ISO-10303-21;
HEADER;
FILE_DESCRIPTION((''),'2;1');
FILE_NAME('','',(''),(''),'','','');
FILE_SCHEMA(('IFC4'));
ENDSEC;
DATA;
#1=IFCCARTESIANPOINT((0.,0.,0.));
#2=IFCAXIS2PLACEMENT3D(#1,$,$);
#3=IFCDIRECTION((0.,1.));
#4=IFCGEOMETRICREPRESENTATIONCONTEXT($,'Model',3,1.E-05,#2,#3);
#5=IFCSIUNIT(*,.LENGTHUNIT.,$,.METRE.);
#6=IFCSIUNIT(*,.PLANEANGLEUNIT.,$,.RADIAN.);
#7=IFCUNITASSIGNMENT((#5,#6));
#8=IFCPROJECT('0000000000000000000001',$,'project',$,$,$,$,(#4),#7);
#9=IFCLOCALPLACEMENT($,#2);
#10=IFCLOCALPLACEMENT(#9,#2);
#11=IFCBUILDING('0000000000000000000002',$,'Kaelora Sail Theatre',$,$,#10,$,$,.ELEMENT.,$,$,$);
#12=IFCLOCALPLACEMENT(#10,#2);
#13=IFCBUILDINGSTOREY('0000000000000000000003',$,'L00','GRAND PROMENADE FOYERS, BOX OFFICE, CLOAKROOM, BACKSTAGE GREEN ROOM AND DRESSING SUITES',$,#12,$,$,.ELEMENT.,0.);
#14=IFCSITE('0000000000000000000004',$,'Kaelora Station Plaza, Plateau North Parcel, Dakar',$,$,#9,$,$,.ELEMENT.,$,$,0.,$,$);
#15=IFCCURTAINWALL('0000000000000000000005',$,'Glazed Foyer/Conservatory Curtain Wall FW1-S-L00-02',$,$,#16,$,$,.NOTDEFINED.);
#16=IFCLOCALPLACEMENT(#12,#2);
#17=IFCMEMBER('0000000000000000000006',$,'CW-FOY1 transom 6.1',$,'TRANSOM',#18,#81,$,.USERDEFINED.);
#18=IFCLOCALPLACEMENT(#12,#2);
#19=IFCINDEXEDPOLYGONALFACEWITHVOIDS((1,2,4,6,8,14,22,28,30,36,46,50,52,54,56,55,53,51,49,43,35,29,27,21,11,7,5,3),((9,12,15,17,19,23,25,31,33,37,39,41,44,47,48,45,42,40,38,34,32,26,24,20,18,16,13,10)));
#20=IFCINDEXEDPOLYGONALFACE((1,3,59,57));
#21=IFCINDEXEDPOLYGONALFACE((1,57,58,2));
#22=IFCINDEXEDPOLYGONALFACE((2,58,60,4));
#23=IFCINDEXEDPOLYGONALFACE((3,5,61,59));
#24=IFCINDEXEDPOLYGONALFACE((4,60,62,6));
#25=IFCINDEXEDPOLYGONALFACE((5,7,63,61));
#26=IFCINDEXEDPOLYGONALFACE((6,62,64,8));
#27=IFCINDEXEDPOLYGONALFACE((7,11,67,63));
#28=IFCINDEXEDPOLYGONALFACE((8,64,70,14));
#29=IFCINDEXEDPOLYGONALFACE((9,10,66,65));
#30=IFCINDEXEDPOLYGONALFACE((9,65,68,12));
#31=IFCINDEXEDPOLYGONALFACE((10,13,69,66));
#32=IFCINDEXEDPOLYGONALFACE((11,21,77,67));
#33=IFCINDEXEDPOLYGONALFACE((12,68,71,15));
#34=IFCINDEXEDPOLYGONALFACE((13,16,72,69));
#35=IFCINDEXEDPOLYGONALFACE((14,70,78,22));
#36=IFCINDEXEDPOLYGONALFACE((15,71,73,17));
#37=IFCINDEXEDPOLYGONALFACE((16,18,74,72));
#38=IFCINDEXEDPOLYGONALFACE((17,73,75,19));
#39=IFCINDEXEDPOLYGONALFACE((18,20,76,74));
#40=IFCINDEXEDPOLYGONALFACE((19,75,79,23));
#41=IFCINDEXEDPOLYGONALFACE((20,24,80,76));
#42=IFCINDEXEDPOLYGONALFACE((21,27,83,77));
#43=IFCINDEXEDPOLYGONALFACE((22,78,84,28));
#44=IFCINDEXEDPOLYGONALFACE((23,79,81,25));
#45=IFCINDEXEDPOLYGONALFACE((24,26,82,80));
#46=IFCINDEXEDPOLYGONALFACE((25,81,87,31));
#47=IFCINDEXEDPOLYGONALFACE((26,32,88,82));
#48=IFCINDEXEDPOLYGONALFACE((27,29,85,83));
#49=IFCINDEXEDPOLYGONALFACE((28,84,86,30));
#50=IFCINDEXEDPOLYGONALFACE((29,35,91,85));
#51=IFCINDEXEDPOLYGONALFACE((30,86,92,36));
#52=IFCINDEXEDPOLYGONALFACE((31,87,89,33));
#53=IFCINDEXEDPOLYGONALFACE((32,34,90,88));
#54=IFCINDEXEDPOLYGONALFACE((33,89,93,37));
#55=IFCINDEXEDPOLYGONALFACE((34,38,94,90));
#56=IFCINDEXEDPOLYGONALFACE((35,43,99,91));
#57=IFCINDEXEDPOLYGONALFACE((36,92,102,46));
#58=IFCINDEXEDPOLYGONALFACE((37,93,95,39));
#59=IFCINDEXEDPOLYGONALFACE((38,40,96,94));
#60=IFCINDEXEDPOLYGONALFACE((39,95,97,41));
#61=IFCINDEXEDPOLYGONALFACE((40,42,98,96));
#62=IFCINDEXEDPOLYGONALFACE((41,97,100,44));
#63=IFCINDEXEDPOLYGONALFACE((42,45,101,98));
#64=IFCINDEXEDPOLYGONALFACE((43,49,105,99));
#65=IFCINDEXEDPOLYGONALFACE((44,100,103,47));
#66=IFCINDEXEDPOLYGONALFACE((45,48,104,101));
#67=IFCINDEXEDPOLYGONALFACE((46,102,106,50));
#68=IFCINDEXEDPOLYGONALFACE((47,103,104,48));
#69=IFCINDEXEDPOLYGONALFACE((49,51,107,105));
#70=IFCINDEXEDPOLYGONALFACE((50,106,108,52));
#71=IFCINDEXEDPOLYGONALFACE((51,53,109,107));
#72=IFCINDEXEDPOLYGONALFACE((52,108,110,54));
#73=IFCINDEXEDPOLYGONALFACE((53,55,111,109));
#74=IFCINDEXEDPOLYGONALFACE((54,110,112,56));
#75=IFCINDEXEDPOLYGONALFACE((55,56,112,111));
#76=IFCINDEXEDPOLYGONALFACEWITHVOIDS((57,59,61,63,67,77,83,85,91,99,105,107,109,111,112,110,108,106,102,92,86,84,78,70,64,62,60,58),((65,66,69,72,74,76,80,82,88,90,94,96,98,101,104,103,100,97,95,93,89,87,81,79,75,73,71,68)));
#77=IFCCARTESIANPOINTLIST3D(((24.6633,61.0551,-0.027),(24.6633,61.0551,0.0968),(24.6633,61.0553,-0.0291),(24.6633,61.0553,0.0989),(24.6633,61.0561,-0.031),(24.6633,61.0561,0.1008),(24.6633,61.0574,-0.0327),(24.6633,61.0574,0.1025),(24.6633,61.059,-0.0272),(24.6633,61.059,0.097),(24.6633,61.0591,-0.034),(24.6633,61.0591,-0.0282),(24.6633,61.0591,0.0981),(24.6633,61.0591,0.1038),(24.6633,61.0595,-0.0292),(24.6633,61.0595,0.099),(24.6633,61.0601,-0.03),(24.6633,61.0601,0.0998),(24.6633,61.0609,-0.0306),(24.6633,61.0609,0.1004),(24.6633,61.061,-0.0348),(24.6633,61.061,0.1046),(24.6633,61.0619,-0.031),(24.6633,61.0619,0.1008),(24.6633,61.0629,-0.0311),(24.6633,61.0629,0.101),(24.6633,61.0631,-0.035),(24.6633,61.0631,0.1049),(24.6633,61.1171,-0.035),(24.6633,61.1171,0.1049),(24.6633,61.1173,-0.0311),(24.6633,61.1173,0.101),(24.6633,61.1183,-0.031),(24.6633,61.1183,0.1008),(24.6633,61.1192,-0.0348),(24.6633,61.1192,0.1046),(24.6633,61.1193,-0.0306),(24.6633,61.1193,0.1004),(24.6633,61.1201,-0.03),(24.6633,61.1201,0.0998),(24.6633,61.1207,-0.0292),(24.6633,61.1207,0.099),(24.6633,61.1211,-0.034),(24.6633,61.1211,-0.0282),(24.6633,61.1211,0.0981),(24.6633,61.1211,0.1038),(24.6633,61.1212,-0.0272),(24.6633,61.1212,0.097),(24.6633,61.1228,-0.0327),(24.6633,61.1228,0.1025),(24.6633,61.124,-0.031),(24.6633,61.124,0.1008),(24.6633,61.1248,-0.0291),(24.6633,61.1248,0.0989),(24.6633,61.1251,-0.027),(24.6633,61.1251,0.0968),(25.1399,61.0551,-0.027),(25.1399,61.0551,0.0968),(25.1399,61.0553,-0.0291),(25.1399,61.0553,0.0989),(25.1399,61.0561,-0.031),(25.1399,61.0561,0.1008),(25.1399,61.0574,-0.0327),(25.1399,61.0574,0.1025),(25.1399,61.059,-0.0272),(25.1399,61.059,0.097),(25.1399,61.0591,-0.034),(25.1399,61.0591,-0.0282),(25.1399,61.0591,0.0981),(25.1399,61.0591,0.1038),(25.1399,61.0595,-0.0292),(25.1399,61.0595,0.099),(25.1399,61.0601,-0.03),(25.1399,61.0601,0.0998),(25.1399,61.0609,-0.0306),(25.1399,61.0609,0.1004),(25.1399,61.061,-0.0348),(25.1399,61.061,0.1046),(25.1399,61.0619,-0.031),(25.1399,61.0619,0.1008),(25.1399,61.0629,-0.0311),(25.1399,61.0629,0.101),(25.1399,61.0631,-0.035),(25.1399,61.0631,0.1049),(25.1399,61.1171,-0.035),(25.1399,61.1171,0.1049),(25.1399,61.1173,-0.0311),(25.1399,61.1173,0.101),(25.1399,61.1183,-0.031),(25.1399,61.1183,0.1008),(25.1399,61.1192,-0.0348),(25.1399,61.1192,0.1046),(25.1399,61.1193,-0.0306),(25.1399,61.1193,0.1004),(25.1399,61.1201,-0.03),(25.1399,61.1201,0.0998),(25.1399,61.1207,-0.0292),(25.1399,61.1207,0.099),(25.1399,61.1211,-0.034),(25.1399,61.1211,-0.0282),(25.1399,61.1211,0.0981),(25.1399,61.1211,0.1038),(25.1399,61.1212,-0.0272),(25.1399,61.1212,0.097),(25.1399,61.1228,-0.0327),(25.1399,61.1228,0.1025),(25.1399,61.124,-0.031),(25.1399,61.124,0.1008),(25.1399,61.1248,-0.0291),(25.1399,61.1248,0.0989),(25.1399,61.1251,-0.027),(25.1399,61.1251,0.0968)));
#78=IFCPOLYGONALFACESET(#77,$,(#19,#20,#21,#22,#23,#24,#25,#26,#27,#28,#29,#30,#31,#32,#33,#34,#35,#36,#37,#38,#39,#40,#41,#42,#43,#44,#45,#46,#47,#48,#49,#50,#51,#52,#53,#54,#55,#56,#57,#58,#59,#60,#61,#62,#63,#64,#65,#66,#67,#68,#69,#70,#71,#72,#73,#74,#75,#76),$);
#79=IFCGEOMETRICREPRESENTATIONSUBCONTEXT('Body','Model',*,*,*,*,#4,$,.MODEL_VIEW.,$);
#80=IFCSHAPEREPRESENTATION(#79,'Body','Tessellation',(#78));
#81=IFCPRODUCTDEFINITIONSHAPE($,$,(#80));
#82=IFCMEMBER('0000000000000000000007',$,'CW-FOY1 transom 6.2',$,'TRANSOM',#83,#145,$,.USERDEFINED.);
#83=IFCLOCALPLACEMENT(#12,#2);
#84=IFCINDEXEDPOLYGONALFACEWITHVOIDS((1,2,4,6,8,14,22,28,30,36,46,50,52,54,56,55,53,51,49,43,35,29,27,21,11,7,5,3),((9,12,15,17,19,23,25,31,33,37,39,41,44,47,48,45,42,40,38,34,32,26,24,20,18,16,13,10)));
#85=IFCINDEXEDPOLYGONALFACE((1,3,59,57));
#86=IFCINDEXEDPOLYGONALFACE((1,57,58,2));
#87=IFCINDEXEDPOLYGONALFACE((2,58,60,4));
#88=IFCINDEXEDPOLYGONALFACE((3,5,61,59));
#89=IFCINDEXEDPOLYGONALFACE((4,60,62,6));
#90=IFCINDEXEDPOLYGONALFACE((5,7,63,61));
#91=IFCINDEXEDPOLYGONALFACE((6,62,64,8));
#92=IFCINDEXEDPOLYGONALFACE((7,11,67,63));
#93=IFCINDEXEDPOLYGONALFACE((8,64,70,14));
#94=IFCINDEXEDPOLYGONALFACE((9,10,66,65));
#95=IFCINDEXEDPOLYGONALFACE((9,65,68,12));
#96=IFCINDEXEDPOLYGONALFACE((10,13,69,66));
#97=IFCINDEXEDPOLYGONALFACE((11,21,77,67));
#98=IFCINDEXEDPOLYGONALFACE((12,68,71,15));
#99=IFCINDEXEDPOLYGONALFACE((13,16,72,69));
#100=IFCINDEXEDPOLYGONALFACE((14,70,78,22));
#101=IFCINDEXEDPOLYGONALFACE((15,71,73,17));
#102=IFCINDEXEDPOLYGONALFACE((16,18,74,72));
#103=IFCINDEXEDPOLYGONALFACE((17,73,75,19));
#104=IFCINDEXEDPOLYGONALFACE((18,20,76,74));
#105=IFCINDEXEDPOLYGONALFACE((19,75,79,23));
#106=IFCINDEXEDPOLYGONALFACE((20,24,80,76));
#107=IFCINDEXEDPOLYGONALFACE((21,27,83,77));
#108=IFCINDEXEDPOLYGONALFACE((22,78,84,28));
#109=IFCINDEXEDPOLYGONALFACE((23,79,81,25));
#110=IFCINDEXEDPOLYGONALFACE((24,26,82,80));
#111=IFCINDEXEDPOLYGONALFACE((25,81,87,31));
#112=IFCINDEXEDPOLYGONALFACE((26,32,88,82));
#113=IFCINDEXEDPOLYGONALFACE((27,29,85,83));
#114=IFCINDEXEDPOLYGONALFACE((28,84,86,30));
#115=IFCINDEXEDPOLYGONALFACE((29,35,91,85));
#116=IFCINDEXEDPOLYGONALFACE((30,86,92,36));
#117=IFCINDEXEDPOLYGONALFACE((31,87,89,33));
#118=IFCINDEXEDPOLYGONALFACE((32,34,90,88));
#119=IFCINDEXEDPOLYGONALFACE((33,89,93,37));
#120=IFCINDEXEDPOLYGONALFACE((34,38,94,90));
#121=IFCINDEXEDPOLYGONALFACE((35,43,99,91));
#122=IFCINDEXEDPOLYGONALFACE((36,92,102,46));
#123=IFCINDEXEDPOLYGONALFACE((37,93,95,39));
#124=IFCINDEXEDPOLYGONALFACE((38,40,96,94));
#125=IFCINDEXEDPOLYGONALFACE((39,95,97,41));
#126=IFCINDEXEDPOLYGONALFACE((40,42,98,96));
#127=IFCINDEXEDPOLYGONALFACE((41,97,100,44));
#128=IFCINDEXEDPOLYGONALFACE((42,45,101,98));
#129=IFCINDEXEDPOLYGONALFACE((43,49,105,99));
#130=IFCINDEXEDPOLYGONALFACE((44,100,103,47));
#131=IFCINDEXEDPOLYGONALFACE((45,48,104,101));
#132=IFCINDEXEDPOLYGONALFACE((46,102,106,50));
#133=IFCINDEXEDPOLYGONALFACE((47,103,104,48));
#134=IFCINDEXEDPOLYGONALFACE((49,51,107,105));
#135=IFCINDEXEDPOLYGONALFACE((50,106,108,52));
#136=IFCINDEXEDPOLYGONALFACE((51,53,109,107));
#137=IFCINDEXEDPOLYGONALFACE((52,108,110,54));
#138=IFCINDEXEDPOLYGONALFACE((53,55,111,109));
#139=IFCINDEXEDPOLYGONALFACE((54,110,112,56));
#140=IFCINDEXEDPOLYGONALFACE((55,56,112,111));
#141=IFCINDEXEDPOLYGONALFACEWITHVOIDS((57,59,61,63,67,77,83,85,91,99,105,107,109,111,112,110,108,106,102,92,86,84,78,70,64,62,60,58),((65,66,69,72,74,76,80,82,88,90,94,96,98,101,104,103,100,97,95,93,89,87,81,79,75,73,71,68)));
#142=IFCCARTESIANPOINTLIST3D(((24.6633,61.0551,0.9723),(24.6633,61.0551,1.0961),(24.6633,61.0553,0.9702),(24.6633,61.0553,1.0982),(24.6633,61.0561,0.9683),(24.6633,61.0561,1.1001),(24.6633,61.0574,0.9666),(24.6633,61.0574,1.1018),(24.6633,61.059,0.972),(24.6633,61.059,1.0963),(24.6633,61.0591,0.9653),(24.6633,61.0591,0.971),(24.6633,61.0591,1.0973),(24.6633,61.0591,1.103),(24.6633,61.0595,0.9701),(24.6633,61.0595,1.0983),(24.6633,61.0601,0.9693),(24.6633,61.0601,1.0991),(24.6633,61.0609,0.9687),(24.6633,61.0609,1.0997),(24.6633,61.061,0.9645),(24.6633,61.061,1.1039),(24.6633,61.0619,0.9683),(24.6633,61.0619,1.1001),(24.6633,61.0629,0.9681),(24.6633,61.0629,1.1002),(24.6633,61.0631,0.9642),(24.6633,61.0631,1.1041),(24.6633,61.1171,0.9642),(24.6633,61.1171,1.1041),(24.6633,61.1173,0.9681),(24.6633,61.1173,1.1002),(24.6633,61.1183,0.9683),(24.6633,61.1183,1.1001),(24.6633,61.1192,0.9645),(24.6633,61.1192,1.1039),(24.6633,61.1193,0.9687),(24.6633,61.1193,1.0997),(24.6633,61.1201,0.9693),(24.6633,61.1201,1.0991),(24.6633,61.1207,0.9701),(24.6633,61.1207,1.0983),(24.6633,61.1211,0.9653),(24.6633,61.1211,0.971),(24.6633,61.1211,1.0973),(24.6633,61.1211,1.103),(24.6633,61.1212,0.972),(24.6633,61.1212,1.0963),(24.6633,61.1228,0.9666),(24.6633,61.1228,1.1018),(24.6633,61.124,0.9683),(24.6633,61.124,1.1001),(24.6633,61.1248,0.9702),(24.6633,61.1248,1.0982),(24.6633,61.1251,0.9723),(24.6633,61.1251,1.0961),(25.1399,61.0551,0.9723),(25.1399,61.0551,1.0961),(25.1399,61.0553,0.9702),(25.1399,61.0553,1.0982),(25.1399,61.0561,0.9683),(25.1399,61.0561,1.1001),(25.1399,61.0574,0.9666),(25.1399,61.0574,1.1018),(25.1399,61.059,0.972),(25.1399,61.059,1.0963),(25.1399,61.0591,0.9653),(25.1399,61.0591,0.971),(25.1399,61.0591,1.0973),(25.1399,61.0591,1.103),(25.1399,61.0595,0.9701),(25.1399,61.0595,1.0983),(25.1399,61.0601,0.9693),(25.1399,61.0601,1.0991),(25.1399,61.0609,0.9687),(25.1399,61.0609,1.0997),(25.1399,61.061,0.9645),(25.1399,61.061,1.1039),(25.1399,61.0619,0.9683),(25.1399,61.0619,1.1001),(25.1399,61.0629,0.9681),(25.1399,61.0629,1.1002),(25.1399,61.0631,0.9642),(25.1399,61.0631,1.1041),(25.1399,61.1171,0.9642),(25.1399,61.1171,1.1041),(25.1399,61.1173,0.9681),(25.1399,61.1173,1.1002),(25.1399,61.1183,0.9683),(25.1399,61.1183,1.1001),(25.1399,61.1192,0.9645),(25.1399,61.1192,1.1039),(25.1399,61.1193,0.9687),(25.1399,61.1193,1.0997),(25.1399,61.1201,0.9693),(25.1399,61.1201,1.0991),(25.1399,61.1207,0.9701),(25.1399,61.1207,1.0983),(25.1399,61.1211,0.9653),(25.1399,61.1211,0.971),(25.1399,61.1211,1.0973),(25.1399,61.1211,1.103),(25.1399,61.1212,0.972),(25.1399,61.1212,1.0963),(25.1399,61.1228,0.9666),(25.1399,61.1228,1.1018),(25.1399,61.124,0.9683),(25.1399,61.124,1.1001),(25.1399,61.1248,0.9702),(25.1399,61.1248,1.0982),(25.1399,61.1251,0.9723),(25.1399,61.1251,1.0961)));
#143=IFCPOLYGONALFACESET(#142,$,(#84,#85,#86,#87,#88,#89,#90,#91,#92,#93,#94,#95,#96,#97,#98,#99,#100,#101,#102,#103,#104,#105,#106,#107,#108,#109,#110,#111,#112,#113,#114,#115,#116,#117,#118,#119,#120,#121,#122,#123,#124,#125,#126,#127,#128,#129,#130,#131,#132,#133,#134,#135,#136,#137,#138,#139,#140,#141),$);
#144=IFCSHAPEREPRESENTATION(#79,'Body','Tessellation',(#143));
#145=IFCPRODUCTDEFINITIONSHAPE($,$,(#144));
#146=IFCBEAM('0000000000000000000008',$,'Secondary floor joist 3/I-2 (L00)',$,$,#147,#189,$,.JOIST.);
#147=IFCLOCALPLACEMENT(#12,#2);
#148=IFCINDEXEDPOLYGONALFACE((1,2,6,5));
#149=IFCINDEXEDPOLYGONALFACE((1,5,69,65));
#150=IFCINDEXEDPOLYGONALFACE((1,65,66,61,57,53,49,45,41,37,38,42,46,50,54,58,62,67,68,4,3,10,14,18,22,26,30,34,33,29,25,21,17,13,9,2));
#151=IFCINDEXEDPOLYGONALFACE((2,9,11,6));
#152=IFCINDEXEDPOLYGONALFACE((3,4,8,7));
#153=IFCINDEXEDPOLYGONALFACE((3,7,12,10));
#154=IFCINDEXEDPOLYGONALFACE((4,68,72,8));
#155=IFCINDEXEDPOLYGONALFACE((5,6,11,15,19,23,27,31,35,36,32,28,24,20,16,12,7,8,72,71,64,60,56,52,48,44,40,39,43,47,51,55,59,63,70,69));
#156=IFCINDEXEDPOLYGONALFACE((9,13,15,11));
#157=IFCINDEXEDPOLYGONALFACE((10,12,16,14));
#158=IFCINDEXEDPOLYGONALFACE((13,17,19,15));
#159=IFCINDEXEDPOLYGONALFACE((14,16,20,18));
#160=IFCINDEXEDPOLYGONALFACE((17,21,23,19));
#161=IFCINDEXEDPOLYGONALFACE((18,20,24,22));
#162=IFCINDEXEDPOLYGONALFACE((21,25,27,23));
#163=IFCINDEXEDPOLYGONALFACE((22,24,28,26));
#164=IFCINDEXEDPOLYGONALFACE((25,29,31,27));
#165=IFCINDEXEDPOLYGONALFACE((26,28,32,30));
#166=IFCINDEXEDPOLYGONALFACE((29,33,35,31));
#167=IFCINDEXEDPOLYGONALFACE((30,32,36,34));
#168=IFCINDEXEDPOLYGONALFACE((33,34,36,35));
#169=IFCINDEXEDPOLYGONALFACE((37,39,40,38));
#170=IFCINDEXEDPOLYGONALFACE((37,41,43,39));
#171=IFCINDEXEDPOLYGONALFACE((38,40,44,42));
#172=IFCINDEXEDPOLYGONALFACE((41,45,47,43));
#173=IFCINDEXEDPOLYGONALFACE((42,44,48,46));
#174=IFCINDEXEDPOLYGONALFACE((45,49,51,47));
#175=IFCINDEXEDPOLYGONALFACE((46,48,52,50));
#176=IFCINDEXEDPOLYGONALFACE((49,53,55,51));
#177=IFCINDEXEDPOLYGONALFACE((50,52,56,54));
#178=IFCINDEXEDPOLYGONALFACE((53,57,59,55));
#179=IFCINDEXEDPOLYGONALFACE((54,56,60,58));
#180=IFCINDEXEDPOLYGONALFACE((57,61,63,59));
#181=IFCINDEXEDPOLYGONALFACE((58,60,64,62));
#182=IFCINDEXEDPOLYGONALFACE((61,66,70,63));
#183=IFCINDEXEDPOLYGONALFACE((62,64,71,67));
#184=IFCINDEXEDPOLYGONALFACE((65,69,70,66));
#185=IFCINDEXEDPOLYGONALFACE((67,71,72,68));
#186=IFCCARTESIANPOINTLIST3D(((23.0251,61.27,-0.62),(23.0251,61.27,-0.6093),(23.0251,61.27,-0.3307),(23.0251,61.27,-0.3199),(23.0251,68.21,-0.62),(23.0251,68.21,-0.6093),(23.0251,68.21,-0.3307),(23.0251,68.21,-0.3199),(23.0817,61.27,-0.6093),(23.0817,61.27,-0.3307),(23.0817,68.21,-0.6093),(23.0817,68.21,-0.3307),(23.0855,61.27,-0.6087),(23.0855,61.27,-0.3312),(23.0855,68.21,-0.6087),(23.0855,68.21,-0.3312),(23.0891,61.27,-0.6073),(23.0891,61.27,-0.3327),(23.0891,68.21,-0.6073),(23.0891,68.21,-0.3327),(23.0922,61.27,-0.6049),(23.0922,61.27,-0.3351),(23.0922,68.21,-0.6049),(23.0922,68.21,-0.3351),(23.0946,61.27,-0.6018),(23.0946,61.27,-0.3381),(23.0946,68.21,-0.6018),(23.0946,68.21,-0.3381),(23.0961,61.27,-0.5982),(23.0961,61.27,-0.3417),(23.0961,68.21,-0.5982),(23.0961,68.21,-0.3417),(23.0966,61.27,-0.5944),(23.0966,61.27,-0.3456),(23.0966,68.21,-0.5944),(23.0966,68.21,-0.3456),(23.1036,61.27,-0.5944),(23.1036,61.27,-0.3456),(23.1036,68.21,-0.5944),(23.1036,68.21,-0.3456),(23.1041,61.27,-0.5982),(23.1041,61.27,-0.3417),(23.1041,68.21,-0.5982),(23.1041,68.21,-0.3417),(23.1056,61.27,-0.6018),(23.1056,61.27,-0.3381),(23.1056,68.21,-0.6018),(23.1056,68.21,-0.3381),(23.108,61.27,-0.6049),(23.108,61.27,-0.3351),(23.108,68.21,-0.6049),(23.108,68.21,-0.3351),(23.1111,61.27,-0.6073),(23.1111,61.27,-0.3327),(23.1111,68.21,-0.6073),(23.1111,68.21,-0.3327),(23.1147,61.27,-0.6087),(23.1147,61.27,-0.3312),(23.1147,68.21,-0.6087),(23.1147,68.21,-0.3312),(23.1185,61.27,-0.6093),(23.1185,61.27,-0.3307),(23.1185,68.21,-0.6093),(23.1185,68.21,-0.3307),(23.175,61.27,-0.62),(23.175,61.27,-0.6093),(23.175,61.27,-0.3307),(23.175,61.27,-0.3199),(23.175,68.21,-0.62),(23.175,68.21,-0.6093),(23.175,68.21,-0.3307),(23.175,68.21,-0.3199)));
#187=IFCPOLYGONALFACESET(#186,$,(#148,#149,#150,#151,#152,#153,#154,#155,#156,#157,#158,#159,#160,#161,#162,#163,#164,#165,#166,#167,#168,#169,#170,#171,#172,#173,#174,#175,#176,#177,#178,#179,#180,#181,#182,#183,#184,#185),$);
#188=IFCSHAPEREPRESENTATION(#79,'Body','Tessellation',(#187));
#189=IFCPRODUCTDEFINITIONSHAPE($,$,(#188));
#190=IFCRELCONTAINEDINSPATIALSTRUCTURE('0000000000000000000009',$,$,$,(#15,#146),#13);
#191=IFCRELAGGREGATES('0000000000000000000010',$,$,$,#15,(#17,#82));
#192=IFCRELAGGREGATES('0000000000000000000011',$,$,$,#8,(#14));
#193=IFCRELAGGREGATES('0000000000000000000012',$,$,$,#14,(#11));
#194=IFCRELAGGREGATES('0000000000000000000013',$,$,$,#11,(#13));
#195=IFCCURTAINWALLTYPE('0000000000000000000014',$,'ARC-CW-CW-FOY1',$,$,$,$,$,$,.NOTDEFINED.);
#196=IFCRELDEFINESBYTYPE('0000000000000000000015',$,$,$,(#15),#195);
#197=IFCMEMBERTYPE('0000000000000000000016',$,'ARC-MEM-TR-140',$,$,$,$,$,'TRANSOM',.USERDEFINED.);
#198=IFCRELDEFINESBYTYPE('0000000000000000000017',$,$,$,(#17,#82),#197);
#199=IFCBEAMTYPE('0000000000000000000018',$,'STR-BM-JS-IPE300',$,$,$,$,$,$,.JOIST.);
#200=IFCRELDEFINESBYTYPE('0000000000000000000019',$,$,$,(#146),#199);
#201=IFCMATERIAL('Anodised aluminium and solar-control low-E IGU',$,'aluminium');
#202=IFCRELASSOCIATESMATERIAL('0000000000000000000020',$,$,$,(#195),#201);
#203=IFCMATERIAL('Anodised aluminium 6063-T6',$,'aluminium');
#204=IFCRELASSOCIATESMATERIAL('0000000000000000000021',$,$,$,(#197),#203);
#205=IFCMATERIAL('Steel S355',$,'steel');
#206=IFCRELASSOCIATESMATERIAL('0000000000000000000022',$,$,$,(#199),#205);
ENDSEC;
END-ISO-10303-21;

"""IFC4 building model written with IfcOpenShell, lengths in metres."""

from ifc_helpers import new_model, si_unit, direction, frame, origin, origin_2d, place, context, subcontext, project, spatial, hollow_rectangle, i_section, extrude, material, material_profile, profile_set, type_object, element, aggregate, save


model = new_model("IFC4")

# Units and contexts
model_context = context("Model", 3, precision=1e-05, world=origin(), true_north=direction((0.0, 1.0)))
body_context = subcontext(model_context, "Body", "Model", "MODEL_VIEW")
ifc_project = project(units=[si_unit("LENGTHUNIT", "METRE"), si_unit("PLANEANGLEUNIT", "RADIAN")], contexts=[model_context])

# Site, building, storey
site_placement = place(None, origin())
site = spatial("IfcSite", under=ifc_project, at=site_placement, Name="Kaelora Station Plaza, Plateau North Parcel, Dakar", CompositionType="ELEMENT", RefElevation=0.0)
building_placement = place(site_placement, origin())
building = spatial("IfcBuilding", under=site, at=building_placement, Name="Kaelora Sail Theatre", CompositionType="ELEMENT")
storey_placement = place(building_placement, origin())
storey = spatial("IfcBuildingStorey", under=building, at=storey_placement, Name="L00", Description="GRAND PROMENADE FOYERS, BOX OFFICE, CLOAKROOM, BACKSTAGE GREEN ROOM AND DRESSING SUITES", CompositionType="ELEMENT", Elevation=0.0)

# Curtain wall, members
ifc_material_1 = material(Name="Anodised aluminium and solar-control low-E IGU", Category="aluminium")
curtain_wall_type = type_object("IfcCurtainWallType", Name="ARC-CW-CW-FOY1", PredefinedType="NOTDEFINED", material=ifc_material_1)
curtain_wall_placement = place(storey_placement, origin())
curtain_wall = element("IfcCurtainWall", 1, at=curtain_wall_placement, inside=storey, type_object=curtain_wall_type, Name="Glazed Foyer/Conservatory Curtain Wall FW1-S-L00-02", PredefinedType="NOTDEFINED")
ifc_material_2 = material(Name="Anodised aluminium 6063-T6", Category="aluminium")
ifc_material_profile_1 = material_profile(ifc_material_2, hollow_rectangle(XDim=0.0701, YDim=0.1399, WallThickness=0.0039, InnerFilletRadius=0.0039, OuterFilletRadius=0.0081, at=origin_2d()), Name="ALU-TRAN 70x140x4")
ifc_profile_set_1 = profile_set([ifc_material_profile_1], Name="Anodised aluminium 6063-T6")
member_type_1 = type_object("IfcMemberType", Name="ARC-MEM-TR-140", ElementType="TRANSOM", PredefinedType="USERDEFINED", material=ifc_profile_set_1)
member_1_placement = place(storey_placement, frame((24.6633, 61.0901, 0.0349), z_axis=(1.0, 0.0, 0.0), x_axis=(0.0, 1.0, 0.0)))
member_1 = element("IfcMember", 2, at=member_1_placement, type_object=member_type_1, Name="CW-FOY1 transom 6.1", ObjectType="TRANSOM", PredefinedType="USERDEFINED", context=body_context, shape_type="SweptSolid", body=[
    extrude(hollow_rectangle(XDim=0.0701, YDim=0.1399, WallThickness=0.0039, InnerFilletRadius=0.0039, OuterFilletRadius=0.0081, at=origin_2d()), origin(), (0.0, 0.0, 1.0), 0.4766),
])
member_2_placement = place(storey_placement, frame((24.6633, 61.0901, 1.0342), z_axis=(1.0, 0.0, 0.0), x_axis=(0.0, 1.0, 0.0)))
member_2 = element("IfcMember", 3, at=member_2_placement, type_object=member_type_1, Name="CW-FOY1 transom 6.2", ObjectType="TRANSOM", PredefinedType="USERDEFINED", context=body_context, shape_type="SweptSolid", body=[
    extrude(hollow_rectangle(XDim=0.0701, YDim=0.1399, WallThickness=0.0039, InnerFilletRadius=0.0039, OuterFilletRadius=0.0081, at=origin_2d()), origin(), (0.0, 0.0, 1.0), 0.4766),
])

# Beam
ifc_material_3 = material(Name="Steel S355", Category="steel")
ifc_material_profile_2 = material_profile(ifc_material_3, i_section(OverallWidth=0.1499, OverallDepth=0.3, WebThickness=0.0071, FlangeThickness=0.0107, FilletRadius=0.0149, at=origin_2d()), Name="IPE 300")
ifc_profile_set_2 = profile_set([ifc_material_profile_2], Name="Steel S355")
beam_type = type_object("IfcBeamType", Name="STR-BM-JS-IPE300", PredefinedType="JOIST", material=ifc_profile_set_2)
beam_placement = place(storey_placement, frame((23.1001, 61.27, -0.47), z_axis=(0.0, 1.0, 0.0), x_axis=(-1.0, 0.0, 0.0)))
element("IfcBeam", 4, at=beam_placement, inside=storey, type_object=beam_type, Name="Secondary floor joist 3/I-2 (L00)", PredefinedType="JOIST", context=body_context, shape_type="SweptSolid", body=[
    extrude(i_section(OverallWidth=0.1499, OverallDepth=0.3, WebThickness=0.0071, FlangeThickness=0.0107, FilletRadius=0.0149, at=origin_2d()), origin(), (0.0, 0.0, 1.0), 6.9399),
])

aggregate(curtain_wall, [member_1, member_2])

save(model, "model.ifc")
